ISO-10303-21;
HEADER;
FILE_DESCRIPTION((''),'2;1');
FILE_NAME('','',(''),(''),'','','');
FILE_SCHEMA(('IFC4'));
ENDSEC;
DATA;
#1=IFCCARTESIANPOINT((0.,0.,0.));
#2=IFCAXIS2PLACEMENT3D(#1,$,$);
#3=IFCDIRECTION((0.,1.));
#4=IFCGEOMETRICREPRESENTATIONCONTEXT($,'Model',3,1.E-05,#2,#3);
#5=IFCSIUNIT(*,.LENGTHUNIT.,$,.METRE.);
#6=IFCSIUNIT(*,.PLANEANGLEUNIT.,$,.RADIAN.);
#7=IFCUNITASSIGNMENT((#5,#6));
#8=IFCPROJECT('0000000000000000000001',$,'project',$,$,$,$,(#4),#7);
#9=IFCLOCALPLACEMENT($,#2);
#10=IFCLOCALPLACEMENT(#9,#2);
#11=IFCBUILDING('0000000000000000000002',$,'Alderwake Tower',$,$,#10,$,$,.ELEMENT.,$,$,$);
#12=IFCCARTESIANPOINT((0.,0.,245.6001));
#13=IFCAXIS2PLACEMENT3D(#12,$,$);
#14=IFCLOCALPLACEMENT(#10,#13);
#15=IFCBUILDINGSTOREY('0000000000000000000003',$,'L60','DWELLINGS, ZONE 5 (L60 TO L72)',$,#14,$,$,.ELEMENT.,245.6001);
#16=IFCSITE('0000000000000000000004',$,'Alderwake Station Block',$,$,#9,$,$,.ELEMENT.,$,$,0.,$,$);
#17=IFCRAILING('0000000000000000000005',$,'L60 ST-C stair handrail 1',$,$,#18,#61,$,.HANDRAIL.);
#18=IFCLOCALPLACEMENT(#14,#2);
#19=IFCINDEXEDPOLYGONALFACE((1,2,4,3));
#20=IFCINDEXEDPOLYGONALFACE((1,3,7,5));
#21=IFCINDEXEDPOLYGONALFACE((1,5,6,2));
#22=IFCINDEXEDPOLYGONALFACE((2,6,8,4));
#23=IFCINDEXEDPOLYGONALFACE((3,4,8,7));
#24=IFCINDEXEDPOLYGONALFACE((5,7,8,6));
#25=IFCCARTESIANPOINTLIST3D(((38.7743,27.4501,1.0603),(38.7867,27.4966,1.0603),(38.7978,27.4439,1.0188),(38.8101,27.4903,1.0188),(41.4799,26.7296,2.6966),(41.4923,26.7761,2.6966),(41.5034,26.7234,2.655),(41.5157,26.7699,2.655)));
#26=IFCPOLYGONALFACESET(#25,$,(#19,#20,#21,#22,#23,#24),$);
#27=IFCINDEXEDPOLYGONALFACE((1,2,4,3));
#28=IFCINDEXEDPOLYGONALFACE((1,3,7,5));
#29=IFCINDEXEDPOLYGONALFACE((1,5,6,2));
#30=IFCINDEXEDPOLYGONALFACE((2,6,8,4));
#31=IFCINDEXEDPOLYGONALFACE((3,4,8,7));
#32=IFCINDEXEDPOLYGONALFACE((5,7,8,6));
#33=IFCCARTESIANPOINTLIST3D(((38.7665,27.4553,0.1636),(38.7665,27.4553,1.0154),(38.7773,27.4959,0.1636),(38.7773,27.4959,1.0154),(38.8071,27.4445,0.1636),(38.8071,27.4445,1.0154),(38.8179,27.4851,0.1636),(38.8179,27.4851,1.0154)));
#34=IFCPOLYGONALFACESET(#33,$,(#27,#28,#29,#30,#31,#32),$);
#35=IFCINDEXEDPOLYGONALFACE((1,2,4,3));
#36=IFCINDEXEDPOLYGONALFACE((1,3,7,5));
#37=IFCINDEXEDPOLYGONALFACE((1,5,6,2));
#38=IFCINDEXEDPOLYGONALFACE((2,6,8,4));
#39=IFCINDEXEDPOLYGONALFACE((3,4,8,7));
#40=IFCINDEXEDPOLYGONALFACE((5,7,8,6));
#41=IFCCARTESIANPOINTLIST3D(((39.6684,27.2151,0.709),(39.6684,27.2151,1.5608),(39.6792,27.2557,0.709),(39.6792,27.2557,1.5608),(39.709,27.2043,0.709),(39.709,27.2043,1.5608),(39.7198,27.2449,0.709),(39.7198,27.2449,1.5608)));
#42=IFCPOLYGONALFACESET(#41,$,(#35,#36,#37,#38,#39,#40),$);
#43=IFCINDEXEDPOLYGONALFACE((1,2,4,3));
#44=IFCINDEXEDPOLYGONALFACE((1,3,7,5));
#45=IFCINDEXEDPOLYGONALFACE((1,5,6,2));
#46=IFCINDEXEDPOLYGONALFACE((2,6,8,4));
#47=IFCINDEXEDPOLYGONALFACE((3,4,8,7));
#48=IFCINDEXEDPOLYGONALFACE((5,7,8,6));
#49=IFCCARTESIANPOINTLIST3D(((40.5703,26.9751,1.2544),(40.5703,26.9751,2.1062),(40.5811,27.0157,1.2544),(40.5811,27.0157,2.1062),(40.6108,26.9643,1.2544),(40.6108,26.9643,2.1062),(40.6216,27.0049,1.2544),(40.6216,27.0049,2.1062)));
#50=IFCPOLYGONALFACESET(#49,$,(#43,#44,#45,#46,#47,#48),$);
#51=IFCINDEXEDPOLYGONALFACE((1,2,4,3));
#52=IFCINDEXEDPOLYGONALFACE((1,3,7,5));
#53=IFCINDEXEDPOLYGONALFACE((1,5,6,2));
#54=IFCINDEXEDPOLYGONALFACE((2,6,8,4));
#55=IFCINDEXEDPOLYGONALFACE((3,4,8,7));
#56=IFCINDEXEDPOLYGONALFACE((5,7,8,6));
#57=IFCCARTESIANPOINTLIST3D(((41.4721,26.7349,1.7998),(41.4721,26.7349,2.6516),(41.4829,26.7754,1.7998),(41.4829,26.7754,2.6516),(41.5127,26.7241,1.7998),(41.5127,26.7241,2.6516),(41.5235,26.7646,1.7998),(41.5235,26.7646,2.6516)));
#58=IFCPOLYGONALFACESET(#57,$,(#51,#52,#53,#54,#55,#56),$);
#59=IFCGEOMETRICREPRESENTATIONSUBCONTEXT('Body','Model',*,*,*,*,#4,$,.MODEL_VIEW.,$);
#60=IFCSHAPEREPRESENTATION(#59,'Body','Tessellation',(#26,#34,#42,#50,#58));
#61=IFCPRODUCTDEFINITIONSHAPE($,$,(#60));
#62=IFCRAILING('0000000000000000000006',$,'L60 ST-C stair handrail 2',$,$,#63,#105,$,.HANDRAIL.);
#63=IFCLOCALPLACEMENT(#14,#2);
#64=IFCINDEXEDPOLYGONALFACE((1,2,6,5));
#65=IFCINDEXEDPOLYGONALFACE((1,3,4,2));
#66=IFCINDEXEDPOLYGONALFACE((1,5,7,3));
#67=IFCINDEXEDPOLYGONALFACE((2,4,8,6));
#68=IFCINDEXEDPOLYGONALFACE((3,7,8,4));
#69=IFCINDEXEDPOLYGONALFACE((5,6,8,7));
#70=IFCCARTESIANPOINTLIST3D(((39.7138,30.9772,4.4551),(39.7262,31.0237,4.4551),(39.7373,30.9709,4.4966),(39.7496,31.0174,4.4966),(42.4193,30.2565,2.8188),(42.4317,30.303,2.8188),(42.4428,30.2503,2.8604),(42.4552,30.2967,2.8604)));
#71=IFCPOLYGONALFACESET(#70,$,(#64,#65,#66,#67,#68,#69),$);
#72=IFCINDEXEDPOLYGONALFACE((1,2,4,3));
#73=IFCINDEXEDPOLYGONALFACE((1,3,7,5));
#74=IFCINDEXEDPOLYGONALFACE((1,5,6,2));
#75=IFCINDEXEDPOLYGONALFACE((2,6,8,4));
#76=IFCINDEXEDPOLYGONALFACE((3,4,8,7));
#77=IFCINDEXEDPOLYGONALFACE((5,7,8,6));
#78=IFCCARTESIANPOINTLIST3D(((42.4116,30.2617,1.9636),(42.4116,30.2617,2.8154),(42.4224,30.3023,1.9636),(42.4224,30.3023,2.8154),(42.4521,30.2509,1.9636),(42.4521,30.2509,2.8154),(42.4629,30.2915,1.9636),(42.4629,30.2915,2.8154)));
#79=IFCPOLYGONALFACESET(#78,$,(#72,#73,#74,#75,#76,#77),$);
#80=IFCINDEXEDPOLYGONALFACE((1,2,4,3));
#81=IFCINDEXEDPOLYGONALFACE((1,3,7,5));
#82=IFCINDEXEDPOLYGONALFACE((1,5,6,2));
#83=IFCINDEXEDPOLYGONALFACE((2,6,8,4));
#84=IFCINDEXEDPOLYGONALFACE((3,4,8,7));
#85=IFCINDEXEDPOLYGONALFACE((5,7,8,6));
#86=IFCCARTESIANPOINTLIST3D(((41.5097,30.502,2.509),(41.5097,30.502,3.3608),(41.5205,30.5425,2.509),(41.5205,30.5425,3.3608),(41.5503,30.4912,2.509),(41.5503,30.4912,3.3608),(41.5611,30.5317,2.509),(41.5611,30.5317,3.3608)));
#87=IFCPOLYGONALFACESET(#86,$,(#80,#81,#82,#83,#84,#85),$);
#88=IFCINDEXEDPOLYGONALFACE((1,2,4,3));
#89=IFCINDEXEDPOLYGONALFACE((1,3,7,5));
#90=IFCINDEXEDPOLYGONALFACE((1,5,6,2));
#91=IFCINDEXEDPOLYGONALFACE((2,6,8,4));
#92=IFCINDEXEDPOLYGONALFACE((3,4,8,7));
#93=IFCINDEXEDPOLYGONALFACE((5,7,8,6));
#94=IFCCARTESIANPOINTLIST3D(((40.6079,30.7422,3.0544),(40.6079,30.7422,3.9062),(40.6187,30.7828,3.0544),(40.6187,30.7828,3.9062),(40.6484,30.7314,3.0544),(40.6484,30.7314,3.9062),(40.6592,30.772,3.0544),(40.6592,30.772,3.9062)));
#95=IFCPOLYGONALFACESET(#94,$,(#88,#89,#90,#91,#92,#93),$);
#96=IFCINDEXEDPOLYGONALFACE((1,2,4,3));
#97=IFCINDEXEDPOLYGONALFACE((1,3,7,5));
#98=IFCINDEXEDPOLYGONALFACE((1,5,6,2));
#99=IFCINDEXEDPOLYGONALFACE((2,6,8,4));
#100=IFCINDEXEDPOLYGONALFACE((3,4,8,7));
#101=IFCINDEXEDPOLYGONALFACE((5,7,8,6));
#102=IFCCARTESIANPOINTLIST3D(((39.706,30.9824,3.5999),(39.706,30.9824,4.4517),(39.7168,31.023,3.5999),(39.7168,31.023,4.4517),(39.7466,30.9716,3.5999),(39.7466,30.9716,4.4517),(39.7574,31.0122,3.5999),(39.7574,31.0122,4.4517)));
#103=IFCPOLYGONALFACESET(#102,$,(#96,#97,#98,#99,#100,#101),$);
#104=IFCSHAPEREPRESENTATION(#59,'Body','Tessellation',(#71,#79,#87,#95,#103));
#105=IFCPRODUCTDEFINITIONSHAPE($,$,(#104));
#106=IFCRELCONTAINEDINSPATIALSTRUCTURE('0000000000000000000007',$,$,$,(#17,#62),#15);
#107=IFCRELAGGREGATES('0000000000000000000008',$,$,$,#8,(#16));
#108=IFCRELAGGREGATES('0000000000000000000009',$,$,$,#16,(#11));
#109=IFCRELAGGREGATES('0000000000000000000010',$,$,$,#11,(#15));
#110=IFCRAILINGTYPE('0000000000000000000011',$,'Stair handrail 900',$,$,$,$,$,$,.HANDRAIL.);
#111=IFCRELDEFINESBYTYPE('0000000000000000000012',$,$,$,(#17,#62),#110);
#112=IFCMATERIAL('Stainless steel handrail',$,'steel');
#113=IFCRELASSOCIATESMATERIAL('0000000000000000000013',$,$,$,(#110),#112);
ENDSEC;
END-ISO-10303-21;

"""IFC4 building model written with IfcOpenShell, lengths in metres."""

from ifc_helpers import new_model, si_unit, direction, frame, origin, origin_2d, place, context, subcontext, project, spatial, rectangle, extrude, material, type_object, element, save


model = new_model("IFC4")

# Units and contexts
model_context = context("Model", 3, precision=1e-05, world=origin(), true_north=direction((0.0, 1.0)))
body_context = subcontext(model_context, "Body", "Model", "MODEL_VIEW")
ifc_project = project(units=[si_unit("LENGTHUNIT", "METRE"), si_unit("PLANEANGLEUNIT", "RADIAN")], contexts=[model_context])

# Site, building, storey
site_placement = place(None, origin())
site = spatial("IfcSite", under=ifc_project, at=site_placement, Name="Alderwake Station Block", CompositionType="ELEMENT", RefElevation=0.0)
building_placement = place(site_placement, origin())
building = spatial("IfcBuilding", under=site, at=building_placement, Name="Alderwake Tower", CompositionType="ELEMENT")
storey_placement = place(building_placement, frame((0.0, 0.0, 245.6001)))
storey = spatial("IfcBuildingStorey", under=building, at=storey_placement, Name="L60", Description="DWELLINGS, ZONE 5 (L60 TO L72)", CompositionType="ELEMENT", Elevation=245.6001)

# Railings
ifc_material_1 = material(Name="Stainless steel handrail", Category="steel")
railing_type_1 = type_object("IfcRailingType", Name="Stair handrail 900", PredefinedType="HANDRAIL", material=ifc_material_1)
railing_1_placement = place(storey_placement, frame((38.7922, 27.4702, 0.1636)))
element("IfcRailing", 1, at=railing_1_placement, inside=storey, type_object=railing_type_1, Name="L60 ST-C stair handrail 1", PredefinedType="HANDRAIL", context=body_context, shape_type="SweptSolid", body=[
    extrude(rectangle(XDim=0.0481, YDim=0.0481, at=origin_2d()), frame((0.0, 0.0, 0.876), z_axis=(0.834305, -0.222165, 0.504558), x_axis=(0.257321, 0.966326, 0.0)), (0.0, 0.0, 1.0), 3.2429),
    extrude(rectangle(XDim=0.042, YDim=0.042, at=origin_2d()), frame((0.0, 0.0, 0.0), z_axis=(0.0, 0.0, 1.0), x_axis=(0.966326, -0.257321, 0.0)), (0.0, 0.0, 1.0), 0.8518),
    extrude(rectangle(XDim=0.042, YDim=0.042, at=origin_2d()), frame((0.9019, -0.2402, 0.5454), z_axis=(0.0, 0.0, 1.0), x_axis=(0.966326, -0.257321, 0.0)), (0.0, 0.0, 1.0), 0.8518),
    extrude(rectangle(XDim=0.042, YDim=0.042, at=origin_2d()), frame((1.8037, -0.4802, 1.0908), z_axis=(0.0, 0.0, 1.0), x_axis=(0.966326, -0.257321, 0.0)), (0.0, 0.0, 1.0), 0.8518),
    extrude(rectangle(XDim=0.042, YDim=0.042, at=origin_2d()), frame((2.7056, -0.7205, 1.6362), z_axis=(0.0, 0.0, 1.0), x_axis=(0.966326, -0.257321, 0.0)), (0.0, 0.0, 1.0), 0.8518),
])
railing_2_placement = place(storey_placement, frame((42.4373, 30.2766, 1.9636)))
element("IfcRailing", 2, at=railing_2_placement, inside=storey, type_object=railing_type_1, Name="L60 ST-C stair handrail 2", PredefinedType="HANDRAIL", context=body_context, shape_type="SweptSolid", body=[
    extrude(rectangle(XDim=0.0481, YDim=0.0481, at=origin_2d()), frame((0.0, 0.0, 0.876), z_axis=(-0.834291, 0.222237, 0.504549), x_axis=(-0.257402, -0.966304, 0.0)), (0.0, 0.0, 1.0), 3.2429),
    extrude(rectangle(XDim=0.042, YDim=0.042, at=origin_2d()), frame((0.0, 0.0, 0.0), z_axis=(0.0, 0.0, 1.0), x_axis=(-0.966304, 0.257402, 0.0)), (0.0, 0.0, 1.0), 0.8518),
    extrude(rectangle(XDim=0.042, YDim=0.042, at=origin_2d()), frame((-0.9019, 0.2402, 0.5454), z_axis=(0.0, 0.0, 1.0), x_axis=(-0.966304, 0.257402, 0.0)), (0.0, 0.0, 1.0), 0.8518),
    extrude(rectangle(XDim=0.042, YDim=0.042, at=origin_2d()), frame((-1.8037, 0.4805, 1.0908), z_axis=(0.0, 0.0, 1.0), x_axis=(-0.966304, 0.257402, 0.0)), (0.0, 0.0, 1.0), 0.8518),
    extrude(rectangle(XDim=0.042, YDim=0.042, at=origin_2d()), frame((-2.7056, 0.7207, 1.6362), z_axis=(0.0, 0.0, 1.0), x_axis=(-0.966304, 0.257402, 0.0)), (0.0, 0.0, 1.0), 0.8518),
])

save(model, "model.ifc")
